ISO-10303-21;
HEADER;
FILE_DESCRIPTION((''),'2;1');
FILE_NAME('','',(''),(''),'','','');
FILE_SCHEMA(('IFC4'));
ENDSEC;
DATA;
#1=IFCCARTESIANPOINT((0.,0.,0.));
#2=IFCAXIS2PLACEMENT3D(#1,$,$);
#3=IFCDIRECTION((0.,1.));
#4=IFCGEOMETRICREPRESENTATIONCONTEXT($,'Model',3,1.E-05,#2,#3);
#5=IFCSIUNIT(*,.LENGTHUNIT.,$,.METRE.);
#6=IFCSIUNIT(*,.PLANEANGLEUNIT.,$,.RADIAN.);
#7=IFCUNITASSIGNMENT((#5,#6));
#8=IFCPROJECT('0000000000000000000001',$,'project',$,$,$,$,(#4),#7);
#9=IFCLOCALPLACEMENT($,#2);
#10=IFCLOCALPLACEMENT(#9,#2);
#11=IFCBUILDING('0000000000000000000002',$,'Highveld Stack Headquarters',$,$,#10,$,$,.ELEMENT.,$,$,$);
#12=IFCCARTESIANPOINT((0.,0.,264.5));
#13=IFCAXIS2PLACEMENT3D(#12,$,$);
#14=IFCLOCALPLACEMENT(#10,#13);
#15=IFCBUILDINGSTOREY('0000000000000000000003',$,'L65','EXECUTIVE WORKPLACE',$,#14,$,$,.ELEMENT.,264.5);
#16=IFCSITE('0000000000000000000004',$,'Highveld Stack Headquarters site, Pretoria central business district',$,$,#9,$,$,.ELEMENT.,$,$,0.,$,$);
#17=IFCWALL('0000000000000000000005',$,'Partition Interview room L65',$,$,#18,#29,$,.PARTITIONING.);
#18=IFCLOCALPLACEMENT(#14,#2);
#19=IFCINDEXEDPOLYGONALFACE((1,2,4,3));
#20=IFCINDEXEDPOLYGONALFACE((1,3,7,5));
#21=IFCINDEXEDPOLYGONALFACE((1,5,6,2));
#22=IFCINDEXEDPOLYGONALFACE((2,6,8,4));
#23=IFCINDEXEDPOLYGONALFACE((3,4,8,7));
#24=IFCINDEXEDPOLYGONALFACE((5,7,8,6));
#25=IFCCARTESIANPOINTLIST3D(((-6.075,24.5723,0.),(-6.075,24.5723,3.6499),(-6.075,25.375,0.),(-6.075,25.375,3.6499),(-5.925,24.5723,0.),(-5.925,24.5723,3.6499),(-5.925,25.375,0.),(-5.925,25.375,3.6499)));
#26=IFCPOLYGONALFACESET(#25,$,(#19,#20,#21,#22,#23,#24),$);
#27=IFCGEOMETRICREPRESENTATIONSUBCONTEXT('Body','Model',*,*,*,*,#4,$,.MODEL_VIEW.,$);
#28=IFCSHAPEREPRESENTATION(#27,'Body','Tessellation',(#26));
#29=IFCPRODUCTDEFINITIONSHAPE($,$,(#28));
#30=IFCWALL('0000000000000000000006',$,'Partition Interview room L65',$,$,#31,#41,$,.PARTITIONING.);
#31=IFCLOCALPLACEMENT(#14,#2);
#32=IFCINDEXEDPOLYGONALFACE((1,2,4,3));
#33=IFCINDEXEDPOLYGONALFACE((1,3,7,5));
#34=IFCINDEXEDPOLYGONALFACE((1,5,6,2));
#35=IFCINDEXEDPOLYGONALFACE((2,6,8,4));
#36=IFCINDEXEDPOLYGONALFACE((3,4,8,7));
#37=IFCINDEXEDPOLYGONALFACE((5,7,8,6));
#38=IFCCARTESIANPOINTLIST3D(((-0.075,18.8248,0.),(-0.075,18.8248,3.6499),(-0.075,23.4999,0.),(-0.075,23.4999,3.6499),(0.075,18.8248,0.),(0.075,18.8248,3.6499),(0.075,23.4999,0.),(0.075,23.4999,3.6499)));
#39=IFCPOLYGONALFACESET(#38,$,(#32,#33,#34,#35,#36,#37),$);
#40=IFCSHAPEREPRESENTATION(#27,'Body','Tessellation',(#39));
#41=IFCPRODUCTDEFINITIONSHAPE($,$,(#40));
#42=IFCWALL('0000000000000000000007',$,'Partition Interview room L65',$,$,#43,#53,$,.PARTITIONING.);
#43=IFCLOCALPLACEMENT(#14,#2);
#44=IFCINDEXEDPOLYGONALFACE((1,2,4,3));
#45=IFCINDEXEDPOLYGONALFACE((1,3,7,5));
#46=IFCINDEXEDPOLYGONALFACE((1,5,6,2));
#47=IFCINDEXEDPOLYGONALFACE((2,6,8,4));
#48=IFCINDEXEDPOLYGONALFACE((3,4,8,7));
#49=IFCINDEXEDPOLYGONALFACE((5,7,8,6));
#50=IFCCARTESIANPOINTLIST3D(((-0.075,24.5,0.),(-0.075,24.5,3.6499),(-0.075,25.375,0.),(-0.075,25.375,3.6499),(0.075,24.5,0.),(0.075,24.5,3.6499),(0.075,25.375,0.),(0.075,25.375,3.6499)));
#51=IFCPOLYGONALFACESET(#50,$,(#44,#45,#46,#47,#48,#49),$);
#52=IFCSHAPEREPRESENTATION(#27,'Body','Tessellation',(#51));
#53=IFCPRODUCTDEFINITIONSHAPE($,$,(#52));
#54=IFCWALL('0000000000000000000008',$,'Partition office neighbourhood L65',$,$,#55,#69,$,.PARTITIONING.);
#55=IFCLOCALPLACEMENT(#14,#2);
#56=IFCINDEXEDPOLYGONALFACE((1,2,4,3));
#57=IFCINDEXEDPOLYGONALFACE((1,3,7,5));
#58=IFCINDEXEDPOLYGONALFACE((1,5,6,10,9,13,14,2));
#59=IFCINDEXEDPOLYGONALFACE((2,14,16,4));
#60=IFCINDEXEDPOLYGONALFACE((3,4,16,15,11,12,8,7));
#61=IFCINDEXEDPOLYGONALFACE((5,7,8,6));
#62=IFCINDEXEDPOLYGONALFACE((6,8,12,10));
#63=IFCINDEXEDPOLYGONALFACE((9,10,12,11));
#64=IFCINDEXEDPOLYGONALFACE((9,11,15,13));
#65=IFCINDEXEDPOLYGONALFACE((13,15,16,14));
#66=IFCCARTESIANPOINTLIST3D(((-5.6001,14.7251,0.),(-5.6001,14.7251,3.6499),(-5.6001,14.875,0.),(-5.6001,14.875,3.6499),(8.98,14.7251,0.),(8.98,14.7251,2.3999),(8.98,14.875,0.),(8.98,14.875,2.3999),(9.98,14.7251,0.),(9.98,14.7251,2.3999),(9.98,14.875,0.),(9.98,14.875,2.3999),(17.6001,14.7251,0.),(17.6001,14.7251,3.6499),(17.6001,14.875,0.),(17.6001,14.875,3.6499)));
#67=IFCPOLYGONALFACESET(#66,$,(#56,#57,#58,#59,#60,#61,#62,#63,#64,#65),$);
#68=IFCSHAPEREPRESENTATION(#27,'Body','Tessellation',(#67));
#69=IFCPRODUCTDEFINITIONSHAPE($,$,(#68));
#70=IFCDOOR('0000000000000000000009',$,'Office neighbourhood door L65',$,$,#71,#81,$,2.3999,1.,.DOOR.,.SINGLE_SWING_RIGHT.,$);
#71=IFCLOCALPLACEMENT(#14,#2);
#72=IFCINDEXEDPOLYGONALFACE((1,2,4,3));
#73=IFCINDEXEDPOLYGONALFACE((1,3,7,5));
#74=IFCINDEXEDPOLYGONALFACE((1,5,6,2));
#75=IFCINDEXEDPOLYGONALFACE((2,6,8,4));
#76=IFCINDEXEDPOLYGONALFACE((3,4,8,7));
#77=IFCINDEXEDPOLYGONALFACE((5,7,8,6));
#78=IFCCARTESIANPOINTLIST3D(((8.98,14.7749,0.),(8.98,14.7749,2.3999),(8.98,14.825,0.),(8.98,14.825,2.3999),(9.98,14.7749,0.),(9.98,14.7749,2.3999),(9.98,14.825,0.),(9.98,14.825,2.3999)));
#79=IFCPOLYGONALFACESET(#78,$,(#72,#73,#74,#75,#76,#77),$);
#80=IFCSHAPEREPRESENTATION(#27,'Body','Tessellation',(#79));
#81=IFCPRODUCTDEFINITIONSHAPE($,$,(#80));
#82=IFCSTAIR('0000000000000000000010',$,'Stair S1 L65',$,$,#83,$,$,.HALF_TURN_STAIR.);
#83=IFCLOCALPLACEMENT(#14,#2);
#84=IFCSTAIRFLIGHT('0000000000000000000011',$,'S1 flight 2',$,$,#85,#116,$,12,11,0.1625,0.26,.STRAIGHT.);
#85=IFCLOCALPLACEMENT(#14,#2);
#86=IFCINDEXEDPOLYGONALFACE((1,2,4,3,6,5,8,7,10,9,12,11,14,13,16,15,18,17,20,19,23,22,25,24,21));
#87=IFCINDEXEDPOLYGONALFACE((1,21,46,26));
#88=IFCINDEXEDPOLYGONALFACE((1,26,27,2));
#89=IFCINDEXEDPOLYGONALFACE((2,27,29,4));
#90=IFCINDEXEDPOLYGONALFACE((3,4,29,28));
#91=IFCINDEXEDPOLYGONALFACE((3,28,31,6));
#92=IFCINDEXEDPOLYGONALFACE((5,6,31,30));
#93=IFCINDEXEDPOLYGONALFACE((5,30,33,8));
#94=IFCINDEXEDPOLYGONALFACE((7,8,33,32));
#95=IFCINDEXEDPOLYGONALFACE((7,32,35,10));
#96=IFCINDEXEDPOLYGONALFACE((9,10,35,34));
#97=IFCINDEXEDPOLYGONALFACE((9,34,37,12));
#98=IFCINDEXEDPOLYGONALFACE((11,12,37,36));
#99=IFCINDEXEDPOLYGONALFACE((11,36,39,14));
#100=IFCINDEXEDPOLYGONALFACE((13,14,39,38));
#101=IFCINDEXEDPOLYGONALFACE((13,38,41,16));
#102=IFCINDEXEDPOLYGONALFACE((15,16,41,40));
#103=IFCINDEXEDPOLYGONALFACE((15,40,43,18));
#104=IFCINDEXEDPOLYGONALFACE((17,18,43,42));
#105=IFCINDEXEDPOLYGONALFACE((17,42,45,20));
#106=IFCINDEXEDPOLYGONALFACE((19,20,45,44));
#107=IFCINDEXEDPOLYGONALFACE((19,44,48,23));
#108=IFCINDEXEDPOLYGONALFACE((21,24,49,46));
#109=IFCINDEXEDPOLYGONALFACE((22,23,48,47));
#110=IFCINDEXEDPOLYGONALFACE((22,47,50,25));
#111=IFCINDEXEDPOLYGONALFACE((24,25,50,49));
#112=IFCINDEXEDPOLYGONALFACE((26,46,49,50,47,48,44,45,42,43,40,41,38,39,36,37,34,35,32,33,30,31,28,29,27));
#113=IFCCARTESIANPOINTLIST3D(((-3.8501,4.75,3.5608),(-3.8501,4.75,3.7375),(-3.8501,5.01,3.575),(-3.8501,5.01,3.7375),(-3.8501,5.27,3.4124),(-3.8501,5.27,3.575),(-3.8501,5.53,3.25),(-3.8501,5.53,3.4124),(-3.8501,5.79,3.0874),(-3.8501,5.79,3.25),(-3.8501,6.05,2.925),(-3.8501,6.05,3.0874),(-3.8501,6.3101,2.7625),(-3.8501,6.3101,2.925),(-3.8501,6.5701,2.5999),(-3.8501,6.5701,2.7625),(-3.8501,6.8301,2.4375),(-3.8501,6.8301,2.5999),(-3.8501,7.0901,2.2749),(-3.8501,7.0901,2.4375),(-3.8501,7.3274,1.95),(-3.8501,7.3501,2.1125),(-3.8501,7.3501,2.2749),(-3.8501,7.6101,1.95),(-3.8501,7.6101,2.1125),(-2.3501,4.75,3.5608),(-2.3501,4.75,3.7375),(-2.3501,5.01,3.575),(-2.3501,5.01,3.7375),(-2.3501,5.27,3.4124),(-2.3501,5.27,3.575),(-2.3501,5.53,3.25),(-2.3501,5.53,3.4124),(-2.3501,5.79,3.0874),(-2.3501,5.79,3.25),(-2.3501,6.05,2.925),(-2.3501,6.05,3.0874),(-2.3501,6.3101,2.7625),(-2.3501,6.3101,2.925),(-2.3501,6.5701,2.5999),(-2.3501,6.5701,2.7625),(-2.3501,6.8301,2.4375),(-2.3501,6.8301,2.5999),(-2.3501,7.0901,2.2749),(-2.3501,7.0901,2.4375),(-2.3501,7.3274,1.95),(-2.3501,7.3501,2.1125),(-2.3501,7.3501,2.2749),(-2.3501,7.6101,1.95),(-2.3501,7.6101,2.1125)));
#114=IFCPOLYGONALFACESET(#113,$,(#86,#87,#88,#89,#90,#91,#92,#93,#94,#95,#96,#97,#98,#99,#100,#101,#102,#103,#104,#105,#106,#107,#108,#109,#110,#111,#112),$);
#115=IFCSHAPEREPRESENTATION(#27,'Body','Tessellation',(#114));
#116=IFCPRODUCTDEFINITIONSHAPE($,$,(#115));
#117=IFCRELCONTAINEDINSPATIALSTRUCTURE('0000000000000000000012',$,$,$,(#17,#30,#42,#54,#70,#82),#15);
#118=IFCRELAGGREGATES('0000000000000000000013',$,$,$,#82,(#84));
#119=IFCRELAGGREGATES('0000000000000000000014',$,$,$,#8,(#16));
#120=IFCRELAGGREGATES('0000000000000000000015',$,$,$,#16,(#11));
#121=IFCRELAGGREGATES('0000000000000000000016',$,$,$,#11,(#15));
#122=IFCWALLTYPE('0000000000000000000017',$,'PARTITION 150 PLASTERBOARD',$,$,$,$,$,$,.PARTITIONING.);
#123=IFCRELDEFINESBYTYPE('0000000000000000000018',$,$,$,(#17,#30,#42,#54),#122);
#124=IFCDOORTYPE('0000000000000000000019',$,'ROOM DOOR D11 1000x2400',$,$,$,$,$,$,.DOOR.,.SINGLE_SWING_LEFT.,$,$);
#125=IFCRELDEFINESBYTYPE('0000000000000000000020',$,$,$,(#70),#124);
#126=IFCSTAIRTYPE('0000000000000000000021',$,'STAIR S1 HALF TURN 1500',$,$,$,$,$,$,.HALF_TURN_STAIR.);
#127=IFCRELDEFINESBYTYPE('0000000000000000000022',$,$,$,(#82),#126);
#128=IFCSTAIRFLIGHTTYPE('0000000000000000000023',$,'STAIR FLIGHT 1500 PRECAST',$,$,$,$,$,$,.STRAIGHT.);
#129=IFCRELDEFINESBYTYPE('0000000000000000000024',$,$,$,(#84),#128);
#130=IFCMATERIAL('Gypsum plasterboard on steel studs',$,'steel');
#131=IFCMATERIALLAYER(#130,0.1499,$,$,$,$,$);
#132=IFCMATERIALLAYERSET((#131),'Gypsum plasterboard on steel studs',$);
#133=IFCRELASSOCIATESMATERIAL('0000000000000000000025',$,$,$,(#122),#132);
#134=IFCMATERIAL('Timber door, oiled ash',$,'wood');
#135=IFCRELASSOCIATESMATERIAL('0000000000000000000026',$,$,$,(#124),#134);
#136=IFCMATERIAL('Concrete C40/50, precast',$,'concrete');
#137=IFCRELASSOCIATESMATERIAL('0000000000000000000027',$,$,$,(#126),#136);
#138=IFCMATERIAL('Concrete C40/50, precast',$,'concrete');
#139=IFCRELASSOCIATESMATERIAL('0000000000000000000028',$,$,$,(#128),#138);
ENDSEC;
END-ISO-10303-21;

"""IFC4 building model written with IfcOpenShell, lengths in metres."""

from ifc_helpers import new_model, si_unit, direction, frame, frame_2d, origin, place, context, subcontext, project, spatial, polyline, rectangle, outline, extrude, material, layer, layer_set, type_object, element, fill, aggregate, save


model = new_model("IFC4")

# Units and contexts
model_context = context("Model", 3, precision=1e-05, world=origin(), true_north=direction((0.0, 1.0)))
body_context = subcontext(model_context, "Body", "Model", "MODEL_VIEW")
ifc_project = project(units=[si_unit("LENGTHUNIT", "METRE"), si_unit("PLANEANGLEUNIT", "RADIAN")], contexts=[model_context])

# Site, building, storey
site_placement = place(None, origin())
site = spatial("IfcSite", under=ifc_project, at=site_placement, Name="Highveld Stack Headquarters site, Pretoria central business district", CompositionType="ELEMENT", RefElevation=0.0)
building_placement = place(site_placement, origin())
building = spatial("IfcBuilding", under=site, at=building_placement, Name="Highveld Stack Headquarters", CompositionType="ELEMENT")
storey_placement = place(building_placement, frame((0.0, 0.0, 264.5)))
storey = spatial("IfcBuildingStorey", under=building, at=storey_placement, Name="L65", Description="EXECUTIVE WORKPLACE", CompositionType="ELEMENT", Elevation=264.5)

# Shared definitions
ifc_material_1 = material(Name="Gypsum plasterboard on steel studs", Category="steel")
ifc_layer_1 = layer(ifc_material_1, 0.1499)
ifc_layer_set_1 = layer_set([ifc_layer_1], Name="Gypsum plasterboard on steel studs")
wall_type_1 = type_object("IfcWallType", Name="PARTITION 150 PLASTERBOARD", PredefinedType="PARTITIONING", material=ifc_layer_set_1)
ifc_material_2 = material(Name="Timber door, oiled ash", Category="wood")
door_type_1 = type_object("IfcDoorType", Name="ROOM DOOR D11 1000x2400", OperationType="SINGLE_SWING_LEFT", PredefinedType="DOOR", material=ifc_material_2)

# Walls
wall_1_placement = place(storey_placement, frame((-6.0, 24.5723, 0.0), z_axis=(0.0, 0.0, 1.0), x_axis=(0.0, 1.0, 0.0)))
element("IfcWall", 1, at=wall_1_placement, inside=storey, type_object=wall_type_1, Name="Partition Interview room L65", PredefinedType="PARTITIONING", context=body_context, shape_type="SweptSolid", body=[
    extrude(rectangle(XDim=0.8027, YDim=0.1499, at=frame_2d((0.4014, 0.0))), origin(), (0.0, 0.0, 1.0), 3.6499),
])
wall_2_placement = place(storey_placement, frame((0.0, 18.825, 0.0), z_axis=(0.0, 0.0, 1.0), x_axis=(0.0, 1.0, 0.0)))
element("IfcWall", 2, at=wall_2_placement, inside=storey, type_object=wall_type_1, Name="Partition Interview room L65", PredefinedType="PARTITIONING", context=body_context, shape_type="SweptSolid", body=[
    extrude(rectangle(XDim=4.675, YDim=0.1499, at=frame_2d((2.3374, 0.0))), origin(), (0.0, 0.0, 1.0), 3.6499),
])
wall_3_placement = place(storey_placement, frame((0.0, 24.5, 0.0), z_axis=(0.0, 0.0, 1.0), x_axis=(0.0, 1.0, 0.0)))
element("IfcWall", 3, at=wall_3_placement, inside=storey, type_object=wall_type_1, Name="Partition Interview room L65", PredefinedType="PARTITIONING", context=body_context, shape_type="SweptSolid", body=[
    extrude(rectangle(XDim=0.875, YDim=0.1499, at=frame_2d((0.4375, 0.0))), origin(), (0.0, 0.0, 1.0), 3.6499),
])

# Wall, opening, door
wall_4_placement = place(storey_placement, frame((-5.6001, 14.8, 0.0), z_axis=(0.0, 0.0, 1.0), x_axis=(1.0, 0.0, 0.0)))
wall_4 = element("IfcWall", 4, at=wall_4_placement, inside=storey, type_object=wall_type_1, Name="Partition office neighbourhood L65", PredefinedType="PARTITIONING", context=body_context, shape_type="SweptSolid", body=[
    extrude(rectangle(XDim=23.2002, YDim=0.1499, at=frame_2d((11.6001, 0.0))), origin(), (0.0, 0.0, 1.0), 3.6499),
])
opening_1_placement = place(wall_4_placement, frame((14.5801, 0.0, 0.0)))
opening_1 = element("IfcOpeningElement", 5, at=opening_1_placement, cuts=wall_4, PredefinedType="OPENING", context=body_context, shape_type="SweptSolid", body=[
    extrude(rectangle(XDim=1.0, YDim=2.3999, at=frame_2d((0.5, 1.2))), frame((0.0, 0.085, 0.0), z_axis=(0.0, -1.0, 0.0), x_axis=(1.0, 0.0, 0.0)), (0.0, 0.0, 1.0), 0.1699),
])
door_1_placement = place(opening_1_placement, origin())
door_1 = element("IfcDoor", 6, at=door_1_placement, inside=storey, type_object=door_type_1, Name="Office neighbourhood door L65", OperationType="SINGLE_SWING_RIGHT", OverallHeight=2.3999, OverallWidth=1.0, PredefinedType="DOOR", context=body_context, shape_type="SweptSolid", body=[
    extrude(rectangle(XDim=1.0, YDim=2.3999, at=frame_2d((0.5, 1.2))), frame((0.0, 0.0249, 0.0), z_axis=(0.0, -1.0, 0.0), x_axis=(1.0, 0.0, 0.0)), (0.0, 0.0, 1.0), 0.05),
])
fill(opening_1, door_1)

# Stair, stair flight
ifc_material_3 = material(Name="Concrete C40/50, precast", Category="concrete")
stair_type = type_object("IfcStairType", Name="STAIR S1 HALF TURN 1500", PredefinedType="HALF_TURN_STAIR", material=ifc_material_3)
stair_placement = place(storey_placement, origin())
stair = element("IfcStair", 7, at=stair_placement, inside=storey, type_object=stair_type, Name="Stair S1 L65", PredefinedType="HALF_TURN_STAIR")
ifc_material_4 = material(Name="Concrete C40/50, precast", Category="concrete")
stair_flight_type = type_object("IfcStairFlightType", Name="STAIR FLIGHT 1500 PRECAST", PredefinedType="STRAIGHT", material=ifc_material_4)
stair_flight_placement = place(storey_placement, frame((-3.1001, 7.6101, 1.95), z_axis=(0.0, 0.0, 1.0), x_axis=(0.0, -1.0, 0.0)))
stair_flight = element("IfcStairFlight", 8, at=stair_flight_placement, type_object=stair_flight_type, Name="S1 flight 2", NumberOfRisers=12, NumberOfTreads=11, PredefinedType="STRAIGHT", RiserHeight=0.1625, TreadLength=0.26, context=body_context, shape_type="SweptSolid", body=[
    extrude(outline(polyline([(0.0, 0.0), (0.0, 0.1626), (0.26, 0.1626), (0.26, 0.325), (0.52, 0.325), (0.52, 0.4875), (0.78, 0.4875), (0.78, 0.6499), (1.04, 0.6499), (1.04, 0.8125), (1.3, 0.8125), (1.3, 0.9751), (1.5601, 0.9751), (1.5601, 1.1375), (1.8201, 1.1375), (1.8201, 1.3), (2.0801, 1.3), (2.0801, 1.4624), (2.3401, 1.4624), (2.3401, 1.625), (2.6001, 1.625), (2.6001, 1.7876), (2.8601, 1.7876), (2.8601, 1.95), (2.8601, 1.6108), (0.2827, 0.0), (0.0, 0.0)])), frame((0.0, 0.75, 0.0), z_axis=(0.0, -1.0, 0.0), x_axis=(1.0, 0.0, 0.0)), (0.0, 0.0, 1.0), 1.5),
])
aggregate(stair, [stair_flight])

save(model, "model.ifc")
